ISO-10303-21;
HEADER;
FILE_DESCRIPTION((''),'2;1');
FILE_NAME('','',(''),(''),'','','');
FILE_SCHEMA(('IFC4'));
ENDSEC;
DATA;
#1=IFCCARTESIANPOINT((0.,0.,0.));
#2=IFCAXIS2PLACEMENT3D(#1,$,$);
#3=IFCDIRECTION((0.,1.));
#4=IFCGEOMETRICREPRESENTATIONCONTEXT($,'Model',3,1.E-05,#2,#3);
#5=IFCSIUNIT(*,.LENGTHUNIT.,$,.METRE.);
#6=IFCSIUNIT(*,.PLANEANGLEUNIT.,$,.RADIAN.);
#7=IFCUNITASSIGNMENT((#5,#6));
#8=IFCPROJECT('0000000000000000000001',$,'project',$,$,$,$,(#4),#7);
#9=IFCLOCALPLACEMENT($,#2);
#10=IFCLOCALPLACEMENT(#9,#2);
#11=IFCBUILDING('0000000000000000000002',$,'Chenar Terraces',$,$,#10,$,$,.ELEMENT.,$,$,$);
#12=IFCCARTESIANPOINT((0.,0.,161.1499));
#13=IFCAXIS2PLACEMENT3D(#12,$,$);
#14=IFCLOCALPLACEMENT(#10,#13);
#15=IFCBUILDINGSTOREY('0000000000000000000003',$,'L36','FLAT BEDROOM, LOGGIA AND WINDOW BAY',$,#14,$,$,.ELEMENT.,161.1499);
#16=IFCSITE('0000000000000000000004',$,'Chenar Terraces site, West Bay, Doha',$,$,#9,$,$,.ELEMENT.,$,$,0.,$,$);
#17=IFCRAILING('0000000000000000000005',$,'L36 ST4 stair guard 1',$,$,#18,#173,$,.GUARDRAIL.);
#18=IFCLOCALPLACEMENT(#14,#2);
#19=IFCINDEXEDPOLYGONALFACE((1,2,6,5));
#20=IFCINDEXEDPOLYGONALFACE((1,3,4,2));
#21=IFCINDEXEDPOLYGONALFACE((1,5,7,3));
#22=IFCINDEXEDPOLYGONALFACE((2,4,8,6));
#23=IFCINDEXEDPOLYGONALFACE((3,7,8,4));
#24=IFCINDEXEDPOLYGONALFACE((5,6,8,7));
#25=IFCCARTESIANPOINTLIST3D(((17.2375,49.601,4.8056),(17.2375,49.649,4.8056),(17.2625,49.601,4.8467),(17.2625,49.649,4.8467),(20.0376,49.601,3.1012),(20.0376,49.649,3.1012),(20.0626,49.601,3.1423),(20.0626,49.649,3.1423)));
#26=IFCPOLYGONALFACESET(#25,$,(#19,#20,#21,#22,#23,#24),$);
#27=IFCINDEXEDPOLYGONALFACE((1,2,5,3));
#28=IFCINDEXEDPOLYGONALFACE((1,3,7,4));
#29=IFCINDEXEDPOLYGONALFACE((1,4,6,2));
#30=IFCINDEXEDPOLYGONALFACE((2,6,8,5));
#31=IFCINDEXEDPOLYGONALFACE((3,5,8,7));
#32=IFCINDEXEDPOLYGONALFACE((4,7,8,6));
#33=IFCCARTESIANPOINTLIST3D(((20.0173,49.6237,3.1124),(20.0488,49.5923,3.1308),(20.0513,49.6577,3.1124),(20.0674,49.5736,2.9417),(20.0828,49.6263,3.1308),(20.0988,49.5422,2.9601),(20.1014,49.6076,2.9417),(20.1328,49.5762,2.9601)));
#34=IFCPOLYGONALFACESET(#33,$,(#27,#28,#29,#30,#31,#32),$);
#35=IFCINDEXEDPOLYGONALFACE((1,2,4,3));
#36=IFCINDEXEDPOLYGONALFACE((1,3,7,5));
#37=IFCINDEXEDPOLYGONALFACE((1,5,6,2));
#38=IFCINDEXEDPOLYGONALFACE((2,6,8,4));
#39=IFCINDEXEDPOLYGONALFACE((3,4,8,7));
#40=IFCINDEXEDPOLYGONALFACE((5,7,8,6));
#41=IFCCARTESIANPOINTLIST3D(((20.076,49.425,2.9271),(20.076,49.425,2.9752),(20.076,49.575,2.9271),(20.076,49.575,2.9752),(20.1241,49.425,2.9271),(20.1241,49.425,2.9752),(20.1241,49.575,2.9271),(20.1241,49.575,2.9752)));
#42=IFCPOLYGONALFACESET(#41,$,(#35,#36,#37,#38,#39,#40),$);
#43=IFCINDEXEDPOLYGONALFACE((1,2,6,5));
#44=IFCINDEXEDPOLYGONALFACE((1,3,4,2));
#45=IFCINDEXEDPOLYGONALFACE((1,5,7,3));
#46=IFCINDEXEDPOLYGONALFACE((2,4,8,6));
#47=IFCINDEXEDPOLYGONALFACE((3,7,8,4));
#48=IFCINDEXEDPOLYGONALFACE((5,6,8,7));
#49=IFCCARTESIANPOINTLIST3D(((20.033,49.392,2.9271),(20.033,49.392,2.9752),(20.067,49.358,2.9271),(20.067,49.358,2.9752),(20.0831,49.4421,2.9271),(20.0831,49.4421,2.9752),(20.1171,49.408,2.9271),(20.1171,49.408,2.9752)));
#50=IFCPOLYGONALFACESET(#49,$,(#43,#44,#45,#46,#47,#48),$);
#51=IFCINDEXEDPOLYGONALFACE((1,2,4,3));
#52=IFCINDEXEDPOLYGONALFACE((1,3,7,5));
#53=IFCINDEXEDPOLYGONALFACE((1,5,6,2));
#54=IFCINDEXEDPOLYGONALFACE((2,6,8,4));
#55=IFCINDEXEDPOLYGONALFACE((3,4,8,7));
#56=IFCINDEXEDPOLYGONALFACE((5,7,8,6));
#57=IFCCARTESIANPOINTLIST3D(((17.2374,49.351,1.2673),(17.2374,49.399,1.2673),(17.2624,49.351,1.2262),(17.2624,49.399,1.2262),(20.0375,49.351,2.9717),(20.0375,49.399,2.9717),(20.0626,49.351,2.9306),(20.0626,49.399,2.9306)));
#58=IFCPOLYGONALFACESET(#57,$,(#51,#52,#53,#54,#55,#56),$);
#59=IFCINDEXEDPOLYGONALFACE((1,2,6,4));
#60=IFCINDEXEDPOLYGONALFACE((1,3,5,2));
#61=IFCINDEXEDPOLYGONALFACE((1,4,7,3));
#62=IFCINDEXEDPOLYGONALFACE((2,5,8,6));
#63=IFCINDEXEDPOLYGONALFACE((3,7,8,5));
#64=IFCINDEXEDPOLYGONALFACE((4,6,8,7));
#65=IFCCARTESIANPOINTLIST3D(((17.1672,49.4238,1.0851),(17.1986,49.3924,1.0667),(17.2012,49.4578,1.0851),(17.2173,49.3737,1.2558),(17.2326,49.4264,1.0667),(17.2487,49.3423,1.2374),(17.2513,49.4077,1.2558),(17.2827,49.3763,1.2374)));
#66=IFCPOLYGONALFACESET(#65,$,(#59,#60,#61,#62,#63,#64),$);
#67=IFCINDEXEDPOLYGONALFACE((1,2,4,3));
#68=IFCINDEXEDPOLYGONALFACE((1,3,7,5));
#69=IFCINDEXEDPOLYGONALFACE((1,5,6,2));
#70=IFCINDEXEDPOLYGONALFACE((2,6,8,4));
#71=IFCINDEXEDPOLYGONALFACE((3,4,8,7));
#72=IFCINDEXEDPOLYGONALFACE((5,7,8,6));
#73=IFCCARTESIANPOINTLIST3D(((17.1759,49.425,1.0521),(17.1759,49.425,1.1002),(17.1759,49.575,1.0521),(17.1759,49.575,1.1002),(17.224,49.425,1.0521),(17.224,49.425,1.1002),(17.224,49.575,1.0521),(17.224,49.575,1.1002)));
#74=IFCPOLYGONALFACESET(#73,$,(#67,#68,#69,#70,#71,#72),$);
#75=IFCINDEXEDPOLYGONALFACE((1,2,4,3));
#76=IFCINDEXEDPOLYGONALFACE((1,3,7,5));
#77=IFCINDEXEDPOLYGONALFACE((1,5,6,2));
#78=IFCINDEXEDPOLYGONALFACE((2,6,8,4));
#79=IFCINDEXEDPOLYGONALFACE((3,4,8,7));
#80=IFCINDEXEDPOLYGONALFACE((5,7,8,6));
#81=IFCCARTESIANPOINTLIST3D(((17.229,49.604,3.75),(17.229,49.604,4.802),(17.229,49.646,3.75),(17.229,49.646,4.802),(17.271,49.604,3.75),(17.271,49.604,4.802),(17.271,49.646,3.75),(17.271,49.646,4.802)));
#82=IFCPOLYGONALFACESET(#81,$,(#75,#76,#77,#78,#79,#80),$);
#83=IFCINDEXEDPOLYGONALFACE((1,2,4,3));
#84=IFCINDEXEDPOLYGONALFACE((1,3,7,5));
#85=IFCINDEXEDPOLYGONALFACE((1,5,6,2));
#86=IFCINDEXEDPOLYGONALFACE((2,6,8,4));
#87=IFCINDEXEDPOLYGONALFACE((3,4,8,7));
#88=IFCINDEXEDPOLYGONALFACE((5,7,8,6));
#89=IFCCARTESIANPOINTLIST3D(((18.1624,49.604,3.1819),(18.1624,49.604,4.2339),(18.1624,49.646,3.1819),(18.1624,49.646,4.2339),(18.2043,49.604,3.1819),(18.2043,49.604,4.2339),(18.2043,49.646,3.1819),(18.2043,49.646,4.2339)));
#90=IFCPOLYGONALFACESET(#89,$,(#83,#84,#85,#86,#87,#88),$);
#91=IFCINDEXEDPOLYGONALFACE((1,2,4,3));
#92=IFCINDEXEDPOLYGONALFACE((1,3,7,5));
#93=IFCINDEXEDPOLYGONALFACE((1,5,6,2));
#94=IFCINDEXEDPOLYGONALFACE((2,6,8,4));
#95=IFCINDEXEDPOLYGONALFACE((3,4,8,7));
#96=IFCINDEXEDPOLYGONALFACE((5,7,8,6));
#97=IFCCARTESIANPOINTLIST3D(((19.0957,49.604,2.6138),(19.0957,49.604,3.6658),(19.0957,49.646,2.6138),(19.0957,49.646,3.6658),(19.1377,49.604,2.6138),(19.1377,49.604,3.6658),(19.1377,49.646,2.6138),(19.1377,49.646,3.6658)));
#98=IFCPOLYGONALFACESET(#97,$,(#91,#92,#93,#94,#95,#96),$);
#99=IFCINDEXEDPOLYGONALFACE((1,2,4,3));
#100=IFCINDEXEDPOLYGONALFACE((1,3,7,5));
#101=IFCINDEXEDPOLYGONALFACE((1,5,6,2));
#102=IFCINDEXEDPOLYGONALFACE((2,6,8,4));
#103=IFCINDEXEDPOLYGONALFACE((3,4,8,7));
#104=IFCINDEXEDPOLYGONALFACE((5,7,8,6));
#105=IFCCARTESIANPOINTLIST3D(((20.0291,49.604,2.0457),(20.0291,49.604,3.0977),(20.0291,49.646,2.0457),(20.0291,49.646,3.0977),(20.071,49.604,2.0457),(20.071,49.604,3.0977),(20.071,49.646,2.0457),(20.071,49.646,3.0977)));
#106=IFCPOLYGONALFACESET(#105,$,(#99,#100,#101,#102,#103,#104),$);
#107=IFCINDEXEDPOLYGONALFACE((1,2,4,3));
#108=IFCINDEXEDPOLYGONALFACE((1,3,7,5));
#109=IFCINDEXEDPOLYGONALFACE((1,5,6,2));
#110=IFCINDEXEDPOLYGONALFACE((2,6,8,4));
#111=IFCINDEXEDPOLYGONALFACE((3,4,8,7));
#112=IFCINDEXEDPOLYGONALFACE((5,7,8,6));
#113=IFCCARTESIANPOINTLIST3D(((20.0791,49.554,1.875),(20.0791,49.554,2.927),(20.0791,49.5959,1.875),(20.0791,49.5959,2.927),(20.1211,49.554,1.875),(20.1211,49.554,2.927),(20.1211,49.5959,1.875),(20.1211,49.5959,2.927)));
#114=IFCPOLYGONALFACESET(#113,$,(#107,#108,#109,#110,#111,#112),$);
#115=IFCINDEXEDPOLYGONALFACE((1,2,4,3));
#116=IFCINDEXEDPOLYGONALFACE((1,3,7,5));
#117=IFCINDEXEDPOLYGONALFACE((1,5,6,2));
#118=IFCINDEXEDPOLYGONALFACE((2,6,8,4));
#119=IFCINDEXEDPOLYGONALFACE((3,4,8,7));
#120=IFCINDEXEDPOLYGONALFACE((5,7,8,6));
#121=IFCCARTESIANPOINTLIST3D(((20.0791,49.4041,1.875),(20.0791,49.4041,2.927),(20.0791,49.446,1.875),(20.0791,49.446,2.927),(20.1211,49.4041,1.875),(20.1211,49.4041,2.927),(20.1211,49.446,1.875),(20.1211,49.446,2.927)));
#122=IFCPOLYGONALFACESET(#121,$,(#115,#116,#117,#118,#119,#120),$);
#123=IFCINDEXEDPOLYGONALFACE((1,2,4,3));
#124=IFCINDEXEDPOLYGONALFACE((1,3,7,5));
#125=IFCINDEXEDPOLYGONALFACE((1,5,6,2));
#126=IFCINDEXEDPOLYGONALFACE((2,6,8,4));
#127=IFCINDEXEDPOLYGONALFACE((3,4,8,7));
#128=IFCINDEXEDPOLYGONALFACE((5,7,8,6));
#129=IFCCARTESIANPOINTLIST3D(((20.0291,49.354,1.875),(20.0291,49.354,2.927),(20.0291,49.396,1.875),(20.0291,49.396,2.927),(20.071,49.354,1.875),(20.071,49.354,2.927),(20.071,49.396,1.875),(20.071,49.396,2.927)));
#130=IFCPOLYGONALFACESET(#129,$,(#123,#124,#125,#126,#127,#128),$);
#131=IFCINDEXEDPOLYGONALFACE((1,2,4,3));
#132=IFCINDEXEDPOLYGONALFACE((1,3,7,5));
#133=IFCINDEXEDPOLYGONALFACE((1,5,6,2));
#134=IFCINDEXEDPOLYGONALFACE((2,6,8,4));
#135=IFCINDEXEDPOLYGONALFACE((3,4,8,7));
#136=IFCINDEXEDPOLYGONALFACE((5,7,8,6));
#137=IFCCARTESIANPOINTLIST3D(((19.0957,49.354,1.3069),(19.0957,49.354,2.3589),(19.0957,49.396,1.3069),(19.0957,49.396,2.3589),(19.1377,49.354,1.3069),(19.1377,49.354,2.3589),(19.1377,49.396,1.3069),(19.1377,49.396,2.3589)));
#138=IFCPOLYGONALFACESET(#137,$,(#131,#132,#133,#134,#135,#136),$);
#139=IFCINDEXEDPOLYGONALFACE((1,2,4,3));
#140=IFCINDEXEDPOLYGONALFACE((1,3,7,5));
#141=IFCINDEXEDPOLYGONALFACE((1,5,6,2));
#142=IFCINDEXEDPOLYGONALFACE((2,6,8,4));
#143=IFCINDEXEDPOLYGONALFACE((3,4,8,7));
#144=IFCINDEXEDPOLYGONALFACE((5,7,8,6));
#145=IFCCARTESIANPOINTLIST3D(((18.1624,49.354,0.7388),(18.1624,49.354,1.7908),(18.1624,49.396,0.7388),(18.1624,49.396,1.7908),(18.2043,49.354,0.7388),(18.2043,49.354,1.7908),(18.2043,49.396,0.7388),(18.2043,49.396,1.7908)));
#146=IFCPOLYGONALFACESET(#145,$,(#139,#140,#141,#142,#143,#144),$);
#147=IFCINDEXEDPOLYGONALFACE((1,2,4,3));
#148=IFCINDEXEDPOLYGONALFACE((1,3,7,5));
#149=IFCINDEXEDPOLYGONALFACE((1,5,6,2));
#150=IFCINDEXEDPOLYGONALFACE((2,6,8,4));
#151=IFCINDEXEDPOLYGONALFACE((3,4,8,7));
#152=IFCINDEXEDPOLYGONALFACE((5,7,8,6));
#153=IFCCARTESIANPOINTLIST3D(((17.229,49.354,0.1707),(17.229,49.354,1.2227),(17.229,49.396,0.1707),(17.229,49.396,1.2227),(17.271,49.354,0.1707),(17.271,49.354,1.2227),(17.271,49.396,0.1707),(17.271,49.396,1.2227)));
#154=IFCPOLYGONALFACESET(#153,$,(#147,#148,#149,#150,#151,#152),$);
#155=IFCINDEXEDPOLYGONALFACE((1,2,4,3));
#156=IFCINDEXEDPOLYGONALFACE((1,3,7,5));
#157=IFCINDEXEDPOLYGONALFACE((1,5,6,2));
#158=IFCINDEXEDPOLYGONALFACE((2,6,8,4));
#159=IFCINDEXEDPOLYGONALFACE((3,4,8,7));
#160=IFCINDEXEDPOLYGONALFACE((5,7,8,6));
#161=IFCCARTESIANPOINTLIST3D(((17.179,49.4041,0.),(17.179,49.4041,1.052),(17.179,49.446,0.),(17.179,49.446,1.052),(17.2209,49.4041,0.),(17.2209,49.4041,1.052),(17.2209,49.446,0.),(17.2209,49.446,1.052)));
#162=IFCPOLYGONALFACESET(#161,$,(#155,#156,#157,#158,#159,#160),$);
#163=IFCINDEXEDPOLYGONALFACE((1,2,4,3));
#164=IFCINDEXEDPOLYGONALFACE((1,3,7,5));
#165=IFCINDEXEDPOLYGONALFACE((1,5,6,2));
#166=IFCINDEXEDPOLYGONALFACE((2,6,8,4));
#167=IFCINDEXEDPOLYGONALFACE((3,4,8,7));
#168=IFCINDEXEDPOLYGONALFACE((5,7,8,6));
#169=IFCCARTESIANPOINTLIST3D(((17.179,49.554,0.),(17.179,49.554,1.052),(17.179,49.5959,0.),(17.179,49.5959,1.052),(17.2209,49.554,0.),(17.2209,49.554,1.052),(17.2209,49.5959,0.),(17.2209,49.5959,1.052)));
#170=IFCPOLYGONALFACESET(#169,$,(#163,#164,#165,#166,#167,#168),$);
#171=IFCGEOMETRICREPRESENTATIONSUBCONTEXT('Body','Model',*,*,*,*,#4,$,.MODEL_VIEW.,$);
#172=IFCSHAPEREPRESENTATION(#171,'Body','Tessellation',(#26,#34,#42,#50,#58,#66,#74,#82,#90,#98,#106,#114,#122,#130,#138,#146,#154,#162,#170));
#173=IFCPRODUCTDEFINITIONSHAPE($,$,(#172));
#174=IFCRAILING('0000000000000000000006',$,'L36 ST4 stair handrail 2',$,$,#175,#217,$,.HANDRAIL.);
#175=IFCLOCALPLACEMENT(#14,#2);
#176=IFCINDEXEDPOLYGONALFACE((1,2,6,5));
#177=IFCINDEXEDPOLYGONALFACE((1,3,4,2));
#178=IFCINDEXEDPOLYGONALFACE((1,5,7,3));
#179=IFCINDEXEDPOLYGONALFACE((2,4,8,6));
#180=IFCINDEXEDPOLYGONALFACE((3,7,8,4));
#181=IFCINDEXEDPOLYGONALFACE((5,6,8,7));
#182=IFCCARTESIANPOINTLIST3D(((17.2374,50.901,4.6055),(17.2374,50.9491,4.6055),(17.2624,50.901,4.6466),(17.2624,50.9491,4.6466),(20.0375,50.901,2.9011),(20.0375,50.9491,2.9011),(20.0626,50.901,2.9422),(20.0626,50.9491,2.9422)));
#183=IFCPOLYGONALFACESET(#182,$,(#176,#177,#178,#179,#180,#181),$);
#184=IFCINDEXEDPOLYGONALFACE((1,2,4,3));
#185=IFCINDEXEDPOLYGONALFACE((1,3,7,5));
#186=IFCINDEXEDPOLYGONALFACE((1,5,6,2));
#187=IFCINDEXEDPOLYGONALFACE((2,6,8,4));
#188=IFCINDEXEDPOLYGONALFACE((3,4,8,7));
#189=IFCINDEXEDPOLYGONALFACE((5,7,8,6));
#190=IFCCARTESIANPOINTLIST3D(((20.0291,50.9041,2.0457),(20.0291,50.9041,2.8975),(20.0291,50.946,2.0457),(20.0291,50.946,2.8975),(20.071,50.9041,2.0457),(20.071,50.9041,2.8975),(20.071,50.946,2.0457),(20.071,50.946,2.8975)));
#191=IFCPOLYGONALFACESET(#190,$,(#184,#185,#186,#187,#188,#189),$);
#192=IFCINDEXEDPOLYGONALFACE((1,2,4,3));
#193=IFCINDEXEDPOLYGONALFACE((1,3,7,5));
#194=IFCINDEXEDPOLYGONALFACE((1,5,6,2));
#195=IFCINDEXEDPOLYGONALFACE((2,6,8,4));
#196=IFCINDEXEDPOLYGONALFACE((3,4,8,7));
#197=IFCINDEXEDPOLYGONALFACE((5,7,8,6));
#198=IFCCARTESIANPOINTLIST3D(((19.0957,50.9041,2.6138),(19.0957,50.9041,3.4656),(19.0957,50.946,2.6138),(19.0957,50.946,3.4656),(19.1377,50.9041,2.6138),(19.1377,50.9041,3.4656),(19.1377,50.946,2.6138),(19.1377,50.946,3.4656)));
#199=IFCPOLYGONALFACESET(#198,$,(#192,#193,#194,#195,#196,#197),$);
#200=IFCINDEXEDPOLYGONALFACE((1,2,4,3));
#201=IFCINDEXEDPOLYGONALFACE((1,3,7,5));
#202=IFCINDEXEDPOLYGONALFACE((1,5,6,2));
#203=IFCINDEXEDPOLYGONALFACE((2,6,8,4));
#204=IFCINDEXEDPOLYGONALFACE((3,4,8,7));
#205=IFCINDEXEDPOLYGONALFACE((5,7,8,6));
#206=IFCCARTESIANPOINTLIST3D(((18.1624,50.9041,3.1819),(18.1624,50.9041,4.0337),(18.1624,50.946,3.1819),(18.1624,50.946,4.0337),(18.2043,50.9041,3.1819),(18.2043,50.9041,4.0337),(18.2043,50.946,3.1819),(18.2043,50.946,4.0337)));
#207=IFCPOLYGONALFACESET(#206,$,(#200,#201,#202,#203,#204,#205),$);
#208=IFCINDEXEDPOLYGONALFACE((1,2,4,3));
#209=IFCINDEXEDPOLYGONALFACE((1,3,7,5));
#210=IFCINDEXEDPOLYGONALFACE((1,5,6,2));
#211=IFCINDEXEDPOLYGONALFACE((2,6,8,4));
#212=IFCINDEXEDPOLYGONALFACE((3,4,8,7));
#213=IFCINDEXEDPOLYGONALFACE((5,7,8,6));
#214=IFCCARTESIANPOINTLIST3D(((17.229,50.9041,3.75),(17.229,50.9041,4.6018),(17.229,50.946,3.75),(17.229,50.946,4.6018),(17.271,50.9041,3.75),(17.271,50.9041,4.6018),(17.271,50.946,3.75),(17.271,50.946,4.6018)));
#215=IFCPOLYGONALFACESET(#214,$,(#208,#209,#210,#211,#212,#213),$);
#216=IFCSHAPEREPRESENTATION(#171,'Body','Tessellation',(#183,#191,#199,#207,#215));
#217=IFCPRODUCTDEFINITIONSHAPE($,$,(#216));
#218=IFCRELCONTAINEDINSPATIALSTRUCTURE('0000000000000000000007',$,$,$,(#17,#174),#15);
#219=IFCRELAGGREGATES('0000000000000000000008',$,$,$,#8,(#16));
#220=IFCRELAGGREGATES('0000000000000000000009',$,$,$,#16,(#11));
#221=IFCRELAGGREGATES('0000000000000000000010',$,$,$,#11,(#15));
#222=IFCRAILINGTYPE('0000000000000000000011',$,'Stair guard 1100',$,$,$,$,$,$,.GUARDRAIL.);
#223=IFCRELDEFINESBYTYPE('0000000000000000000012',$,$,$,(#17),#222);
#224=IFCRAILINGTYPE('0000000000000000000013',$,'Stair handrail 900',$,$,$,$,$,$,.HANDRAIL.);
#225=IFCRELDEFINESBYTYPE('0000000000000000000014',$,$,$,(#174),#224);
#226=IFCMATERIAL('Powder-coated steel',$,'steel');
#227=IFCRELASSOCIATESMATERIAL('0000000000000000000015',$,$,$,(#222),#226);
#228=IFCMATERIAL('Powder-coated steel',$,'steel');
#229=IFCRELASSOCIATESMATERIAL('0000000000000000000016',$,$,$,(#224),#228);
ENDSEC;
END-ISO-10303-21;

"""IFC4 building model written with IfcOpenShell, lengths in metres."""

from ifc_helpers import new_model, si_unit, direction, frame, origin, origin_2d, place, context, subcontext, project, spatial, rectangle, extrude, material, type_object, element, save


model = new_model("IFC4")

# Units and contexts
model_context = context("Model", 3, precision=1e-05, world=origin(), true_north=direction((0.0, 1.0)))
body_context = subcontext(model_context, "Body", "Model", "MODEL_VIEW")
ifc_project = project(units=[si_unit("LENGTHUNIT", "METRE"), si_unit("PLANEANGLEUNIT", "RADIAN")], contexts=[model_context])

# Site, building, storey
site_placement = place(None, origin())
site = spatial("IfcSite", under=ifc_project, at=site_placement, Name="Chenar Terraces site, West Bay, Doha", CompositionType="ELEMENT", RefElevation=0.0)
building_placement = place(site_placement, origin())
building = spatial("IfcBuilding", under=site, at=building_placement, Name="Chenar Terraces", CompositionType="ELEMENT")
storey_placement = place(building_placement, frame((0.0, 0.0, 161.1499)))
storey = spatial("IfcBuildingStorey", under=building, at=storey_placement, Name="L36", Description="FLAT BEDROOM, LOGGIA AND WINDOW BAY", CompositionType="ELEMENT", Elevation=161.1499)

# Railings
ifc_material_1 = material(Name="Powder-coated steel", Category="steel")
railing_type_1 = type_object("IfcRailingType", Name="Stair guard 1100", PredefinedType="GUARDRAIL", material=ifc_material_1)
railing_1_placement = place(storey_placement, frame((17.25, 49.625, 3.75)))
element("IfcRailing", 1, at=railing_1_placement, inside=storey, type_object=railing_type_1, Name="L36 ST4 stair guard 1", PredefinedType="GUARDRAIL", context=body_context, shape_type="SweptSolid", body=[
    extrude(rectangle(XDim=0.0481, YDim=0.0481, at=origin_2d()), frame((0.0, 0.0, 1.0762), z_axis=(0.854203, 0.0, -0.51994), x_axis=(0.0, 1.0, 0.0)), (0.0, 0.0, 1.0), 3.2781),
    extrude(rectangle(XDim=0.0481, YDim=0.0481, at=origin_2d()), frame((2.8, 0.0, -0.6284), z_axis=(0.2709, -0.2709, -0.923703), x_axis=(0.707107, 0.707107, 0.0)), (0.0, 0.0, 1.0), 0.1848),
    extrude(rectangle(XDim=0.0481, YDim=0.0481, at=origin_2d()), frame((2.8501, -0.05, -0.7988), z_axis=(0.0, -1.0, 0.0), x_axis=(1.0, 0.0, 0.0)), (0.0, 0.0, 1.0), 0.1499),
    extrude(rectangle(XDim=0.0481, YDim=0.0481, at=origin_2d()), frame((2.8501, -0.2, -0.7988), z_axis=(-0.707107, -0.707107, 0.0), x_axis=(0.707107, -0.707107, 0.0)), (0.0, 0.0, 1.0), 0.0708),
    extrude(rectangle(XDim=0.0481, YDim=0.0481, at=origin_2d()), frame((2.8, -0.25, -0.7988), z_axis=(-0.854203, 0.0, -0.51994), x_axis=(0.0, -1.0, 0.0)), (0.0, 0.0, 1.0), 3.2781),
    extrude(rectangle(XDim=0.0481, YDim=0.0481, at=origin_2d()), frame((0.0, -0.25, -2.5034), z_axis=(-0.2709, 0.2709, -0.923703), x_axis=(-0.707107, -0.707107, 0.0)), (0.0, 0.0, 1.0), 0.1848),
    extrude(rectangle(XDim=0.0481, YDim=0.0481, at=origin_2d()), frame((-0.05, -0.2, -2.6738), z_axis=(0.0, 1.0, 0.0), x_axis=(-1.0, 0.0, 0.0)), (0.0, 0.0, 1.0), 0.1499),
    extrude(rectangle(XDim=0.042, YDim=0.042, at=origin_2d()), origin(), (0.0, 0.0, 1.0), 1.052),
    extrude(rectangle(XDim=0.042, YDim=0.042, at=origin_2d()), frame((0.9333, 0.0, -0.5681)), (0.0, 0.0, 1.0), 1.052),
    extrude(rectangle(XDim=0.042, YDim=0.042, at=origin_2d()), frame((1.8667, 0.0, -1.1362)), (0.0, 0.0, 1.0), 1.052),
    extrude(rectangle(XDim=0.042, YDim=0.042, at=origin_2d()), frame((2.8, 0.0, -1.7043)), (0.0, 0.0, 1.0), 1.052),
    extrude(rectangle(XDim=0.042, YDim=0.042, at=origin_2d()), frame((2.8501, -0.05, -1.875)), (0.0, 0.0, 1.0), 1.052),
    extrude(rectangle(XDim=0.042, YDim=0.042, at=origin_2d()), frame((2.8501, -0.2, -1.875)), (0.0, 0.0, 1.0), 1.052),
    extrude(rectangle(XDim=0.042, YDim=0.042, at=origin_2d()), frame((2.8, -0.25, -1.875)), (0.0, 0.0, 1.0), 1.052),
    extrude(rectangle(XDim=0.042, YDim=0.042, at=origin_2d()), frame((1.8667, -0.25, -2.4431)), (0.0, 0.0, 1.0), 1.052),
    extrude(rectangle(XDim=0.042, YDim=0.042, at=origin_2d()), frame((0.9333, -0.25, -3.0112)), (0.0, 0.0, 1.0), 1.052),
    extrude(rectangle(XDim=0.042, YDim=0.042, at=origin_2d()), frame((0.0, -0.25, -3.5793)), (0.0, 0.0, 1.0), 1.052),
    extrude(rectangle(XDim=0.042, YDim=0.042, at=origin_2d()), frame((-0.05, -0.2, -3.75)), (0.0, 0.0, 1.0), 1.052),
    extrude(rectangle(XDim=0.042, YDim=0.042, at=origin_2d()), frame((-0.05, -0.05, -3.75)), (0.0, 0.0, 1.0), 1.052),
])
ifc_material_2 = material(Name="Powder-coated steel", Category="steel")
railing_type_2 = type_object("IfcRailingType", Name="Stair handrail 900", PredefinedType="HANDRAIL", material=ifc_material_2)
railing_2_placement = place(storey_placement, frame((20.05, 50.925, 2.0457)))
element("IfcRailing", 2, at=railing_2_placement, inside=storey, type_object=railing_type_2, Name="L36 ST4 stair handrail 2", PredefinedType="HANDRAIL", context=body_context, shape_type="SweptSolid", body=[
    extrude(rectangle(XDim=0.0481, YDim=0.0481, at=origin_2d()), frame((0.0, 0.0, 0.876), z_axis=(-0.854203, 0.0, 0.51994), x_axis=(0.0, -1.0, 0.0)), (0.0, 0.0, 1.0), 3.2781),
    extrude(rectangle(XDim=0.042, YDim=0.042, at=origin_2d()), origin(), (0.0, 0.0, 1.0), 0.8518),
    extrude(rectangle(XDim=0.042, YDim=0.042, at=origin_2d()), frame((-0.9333, 0.0, 0.5681)), (0.0, 0.0, 1.0), 0.8518),
    extrude(rectangle(XDim=0.042, YDim=0.042, at=origin_2d()), frame((-1.8667, 0.0, 1.1362)), (0.0, 0.0, 1.0), 0.8518),
    extrude(rectangle(XDim=0.042, YDim=0.042, at=origin_2d()), frame((-2.8, 0.0, 1.7043)), (0.0, 0.0, 1.0), 0.8518),
])

save(model, "model.ifc")
